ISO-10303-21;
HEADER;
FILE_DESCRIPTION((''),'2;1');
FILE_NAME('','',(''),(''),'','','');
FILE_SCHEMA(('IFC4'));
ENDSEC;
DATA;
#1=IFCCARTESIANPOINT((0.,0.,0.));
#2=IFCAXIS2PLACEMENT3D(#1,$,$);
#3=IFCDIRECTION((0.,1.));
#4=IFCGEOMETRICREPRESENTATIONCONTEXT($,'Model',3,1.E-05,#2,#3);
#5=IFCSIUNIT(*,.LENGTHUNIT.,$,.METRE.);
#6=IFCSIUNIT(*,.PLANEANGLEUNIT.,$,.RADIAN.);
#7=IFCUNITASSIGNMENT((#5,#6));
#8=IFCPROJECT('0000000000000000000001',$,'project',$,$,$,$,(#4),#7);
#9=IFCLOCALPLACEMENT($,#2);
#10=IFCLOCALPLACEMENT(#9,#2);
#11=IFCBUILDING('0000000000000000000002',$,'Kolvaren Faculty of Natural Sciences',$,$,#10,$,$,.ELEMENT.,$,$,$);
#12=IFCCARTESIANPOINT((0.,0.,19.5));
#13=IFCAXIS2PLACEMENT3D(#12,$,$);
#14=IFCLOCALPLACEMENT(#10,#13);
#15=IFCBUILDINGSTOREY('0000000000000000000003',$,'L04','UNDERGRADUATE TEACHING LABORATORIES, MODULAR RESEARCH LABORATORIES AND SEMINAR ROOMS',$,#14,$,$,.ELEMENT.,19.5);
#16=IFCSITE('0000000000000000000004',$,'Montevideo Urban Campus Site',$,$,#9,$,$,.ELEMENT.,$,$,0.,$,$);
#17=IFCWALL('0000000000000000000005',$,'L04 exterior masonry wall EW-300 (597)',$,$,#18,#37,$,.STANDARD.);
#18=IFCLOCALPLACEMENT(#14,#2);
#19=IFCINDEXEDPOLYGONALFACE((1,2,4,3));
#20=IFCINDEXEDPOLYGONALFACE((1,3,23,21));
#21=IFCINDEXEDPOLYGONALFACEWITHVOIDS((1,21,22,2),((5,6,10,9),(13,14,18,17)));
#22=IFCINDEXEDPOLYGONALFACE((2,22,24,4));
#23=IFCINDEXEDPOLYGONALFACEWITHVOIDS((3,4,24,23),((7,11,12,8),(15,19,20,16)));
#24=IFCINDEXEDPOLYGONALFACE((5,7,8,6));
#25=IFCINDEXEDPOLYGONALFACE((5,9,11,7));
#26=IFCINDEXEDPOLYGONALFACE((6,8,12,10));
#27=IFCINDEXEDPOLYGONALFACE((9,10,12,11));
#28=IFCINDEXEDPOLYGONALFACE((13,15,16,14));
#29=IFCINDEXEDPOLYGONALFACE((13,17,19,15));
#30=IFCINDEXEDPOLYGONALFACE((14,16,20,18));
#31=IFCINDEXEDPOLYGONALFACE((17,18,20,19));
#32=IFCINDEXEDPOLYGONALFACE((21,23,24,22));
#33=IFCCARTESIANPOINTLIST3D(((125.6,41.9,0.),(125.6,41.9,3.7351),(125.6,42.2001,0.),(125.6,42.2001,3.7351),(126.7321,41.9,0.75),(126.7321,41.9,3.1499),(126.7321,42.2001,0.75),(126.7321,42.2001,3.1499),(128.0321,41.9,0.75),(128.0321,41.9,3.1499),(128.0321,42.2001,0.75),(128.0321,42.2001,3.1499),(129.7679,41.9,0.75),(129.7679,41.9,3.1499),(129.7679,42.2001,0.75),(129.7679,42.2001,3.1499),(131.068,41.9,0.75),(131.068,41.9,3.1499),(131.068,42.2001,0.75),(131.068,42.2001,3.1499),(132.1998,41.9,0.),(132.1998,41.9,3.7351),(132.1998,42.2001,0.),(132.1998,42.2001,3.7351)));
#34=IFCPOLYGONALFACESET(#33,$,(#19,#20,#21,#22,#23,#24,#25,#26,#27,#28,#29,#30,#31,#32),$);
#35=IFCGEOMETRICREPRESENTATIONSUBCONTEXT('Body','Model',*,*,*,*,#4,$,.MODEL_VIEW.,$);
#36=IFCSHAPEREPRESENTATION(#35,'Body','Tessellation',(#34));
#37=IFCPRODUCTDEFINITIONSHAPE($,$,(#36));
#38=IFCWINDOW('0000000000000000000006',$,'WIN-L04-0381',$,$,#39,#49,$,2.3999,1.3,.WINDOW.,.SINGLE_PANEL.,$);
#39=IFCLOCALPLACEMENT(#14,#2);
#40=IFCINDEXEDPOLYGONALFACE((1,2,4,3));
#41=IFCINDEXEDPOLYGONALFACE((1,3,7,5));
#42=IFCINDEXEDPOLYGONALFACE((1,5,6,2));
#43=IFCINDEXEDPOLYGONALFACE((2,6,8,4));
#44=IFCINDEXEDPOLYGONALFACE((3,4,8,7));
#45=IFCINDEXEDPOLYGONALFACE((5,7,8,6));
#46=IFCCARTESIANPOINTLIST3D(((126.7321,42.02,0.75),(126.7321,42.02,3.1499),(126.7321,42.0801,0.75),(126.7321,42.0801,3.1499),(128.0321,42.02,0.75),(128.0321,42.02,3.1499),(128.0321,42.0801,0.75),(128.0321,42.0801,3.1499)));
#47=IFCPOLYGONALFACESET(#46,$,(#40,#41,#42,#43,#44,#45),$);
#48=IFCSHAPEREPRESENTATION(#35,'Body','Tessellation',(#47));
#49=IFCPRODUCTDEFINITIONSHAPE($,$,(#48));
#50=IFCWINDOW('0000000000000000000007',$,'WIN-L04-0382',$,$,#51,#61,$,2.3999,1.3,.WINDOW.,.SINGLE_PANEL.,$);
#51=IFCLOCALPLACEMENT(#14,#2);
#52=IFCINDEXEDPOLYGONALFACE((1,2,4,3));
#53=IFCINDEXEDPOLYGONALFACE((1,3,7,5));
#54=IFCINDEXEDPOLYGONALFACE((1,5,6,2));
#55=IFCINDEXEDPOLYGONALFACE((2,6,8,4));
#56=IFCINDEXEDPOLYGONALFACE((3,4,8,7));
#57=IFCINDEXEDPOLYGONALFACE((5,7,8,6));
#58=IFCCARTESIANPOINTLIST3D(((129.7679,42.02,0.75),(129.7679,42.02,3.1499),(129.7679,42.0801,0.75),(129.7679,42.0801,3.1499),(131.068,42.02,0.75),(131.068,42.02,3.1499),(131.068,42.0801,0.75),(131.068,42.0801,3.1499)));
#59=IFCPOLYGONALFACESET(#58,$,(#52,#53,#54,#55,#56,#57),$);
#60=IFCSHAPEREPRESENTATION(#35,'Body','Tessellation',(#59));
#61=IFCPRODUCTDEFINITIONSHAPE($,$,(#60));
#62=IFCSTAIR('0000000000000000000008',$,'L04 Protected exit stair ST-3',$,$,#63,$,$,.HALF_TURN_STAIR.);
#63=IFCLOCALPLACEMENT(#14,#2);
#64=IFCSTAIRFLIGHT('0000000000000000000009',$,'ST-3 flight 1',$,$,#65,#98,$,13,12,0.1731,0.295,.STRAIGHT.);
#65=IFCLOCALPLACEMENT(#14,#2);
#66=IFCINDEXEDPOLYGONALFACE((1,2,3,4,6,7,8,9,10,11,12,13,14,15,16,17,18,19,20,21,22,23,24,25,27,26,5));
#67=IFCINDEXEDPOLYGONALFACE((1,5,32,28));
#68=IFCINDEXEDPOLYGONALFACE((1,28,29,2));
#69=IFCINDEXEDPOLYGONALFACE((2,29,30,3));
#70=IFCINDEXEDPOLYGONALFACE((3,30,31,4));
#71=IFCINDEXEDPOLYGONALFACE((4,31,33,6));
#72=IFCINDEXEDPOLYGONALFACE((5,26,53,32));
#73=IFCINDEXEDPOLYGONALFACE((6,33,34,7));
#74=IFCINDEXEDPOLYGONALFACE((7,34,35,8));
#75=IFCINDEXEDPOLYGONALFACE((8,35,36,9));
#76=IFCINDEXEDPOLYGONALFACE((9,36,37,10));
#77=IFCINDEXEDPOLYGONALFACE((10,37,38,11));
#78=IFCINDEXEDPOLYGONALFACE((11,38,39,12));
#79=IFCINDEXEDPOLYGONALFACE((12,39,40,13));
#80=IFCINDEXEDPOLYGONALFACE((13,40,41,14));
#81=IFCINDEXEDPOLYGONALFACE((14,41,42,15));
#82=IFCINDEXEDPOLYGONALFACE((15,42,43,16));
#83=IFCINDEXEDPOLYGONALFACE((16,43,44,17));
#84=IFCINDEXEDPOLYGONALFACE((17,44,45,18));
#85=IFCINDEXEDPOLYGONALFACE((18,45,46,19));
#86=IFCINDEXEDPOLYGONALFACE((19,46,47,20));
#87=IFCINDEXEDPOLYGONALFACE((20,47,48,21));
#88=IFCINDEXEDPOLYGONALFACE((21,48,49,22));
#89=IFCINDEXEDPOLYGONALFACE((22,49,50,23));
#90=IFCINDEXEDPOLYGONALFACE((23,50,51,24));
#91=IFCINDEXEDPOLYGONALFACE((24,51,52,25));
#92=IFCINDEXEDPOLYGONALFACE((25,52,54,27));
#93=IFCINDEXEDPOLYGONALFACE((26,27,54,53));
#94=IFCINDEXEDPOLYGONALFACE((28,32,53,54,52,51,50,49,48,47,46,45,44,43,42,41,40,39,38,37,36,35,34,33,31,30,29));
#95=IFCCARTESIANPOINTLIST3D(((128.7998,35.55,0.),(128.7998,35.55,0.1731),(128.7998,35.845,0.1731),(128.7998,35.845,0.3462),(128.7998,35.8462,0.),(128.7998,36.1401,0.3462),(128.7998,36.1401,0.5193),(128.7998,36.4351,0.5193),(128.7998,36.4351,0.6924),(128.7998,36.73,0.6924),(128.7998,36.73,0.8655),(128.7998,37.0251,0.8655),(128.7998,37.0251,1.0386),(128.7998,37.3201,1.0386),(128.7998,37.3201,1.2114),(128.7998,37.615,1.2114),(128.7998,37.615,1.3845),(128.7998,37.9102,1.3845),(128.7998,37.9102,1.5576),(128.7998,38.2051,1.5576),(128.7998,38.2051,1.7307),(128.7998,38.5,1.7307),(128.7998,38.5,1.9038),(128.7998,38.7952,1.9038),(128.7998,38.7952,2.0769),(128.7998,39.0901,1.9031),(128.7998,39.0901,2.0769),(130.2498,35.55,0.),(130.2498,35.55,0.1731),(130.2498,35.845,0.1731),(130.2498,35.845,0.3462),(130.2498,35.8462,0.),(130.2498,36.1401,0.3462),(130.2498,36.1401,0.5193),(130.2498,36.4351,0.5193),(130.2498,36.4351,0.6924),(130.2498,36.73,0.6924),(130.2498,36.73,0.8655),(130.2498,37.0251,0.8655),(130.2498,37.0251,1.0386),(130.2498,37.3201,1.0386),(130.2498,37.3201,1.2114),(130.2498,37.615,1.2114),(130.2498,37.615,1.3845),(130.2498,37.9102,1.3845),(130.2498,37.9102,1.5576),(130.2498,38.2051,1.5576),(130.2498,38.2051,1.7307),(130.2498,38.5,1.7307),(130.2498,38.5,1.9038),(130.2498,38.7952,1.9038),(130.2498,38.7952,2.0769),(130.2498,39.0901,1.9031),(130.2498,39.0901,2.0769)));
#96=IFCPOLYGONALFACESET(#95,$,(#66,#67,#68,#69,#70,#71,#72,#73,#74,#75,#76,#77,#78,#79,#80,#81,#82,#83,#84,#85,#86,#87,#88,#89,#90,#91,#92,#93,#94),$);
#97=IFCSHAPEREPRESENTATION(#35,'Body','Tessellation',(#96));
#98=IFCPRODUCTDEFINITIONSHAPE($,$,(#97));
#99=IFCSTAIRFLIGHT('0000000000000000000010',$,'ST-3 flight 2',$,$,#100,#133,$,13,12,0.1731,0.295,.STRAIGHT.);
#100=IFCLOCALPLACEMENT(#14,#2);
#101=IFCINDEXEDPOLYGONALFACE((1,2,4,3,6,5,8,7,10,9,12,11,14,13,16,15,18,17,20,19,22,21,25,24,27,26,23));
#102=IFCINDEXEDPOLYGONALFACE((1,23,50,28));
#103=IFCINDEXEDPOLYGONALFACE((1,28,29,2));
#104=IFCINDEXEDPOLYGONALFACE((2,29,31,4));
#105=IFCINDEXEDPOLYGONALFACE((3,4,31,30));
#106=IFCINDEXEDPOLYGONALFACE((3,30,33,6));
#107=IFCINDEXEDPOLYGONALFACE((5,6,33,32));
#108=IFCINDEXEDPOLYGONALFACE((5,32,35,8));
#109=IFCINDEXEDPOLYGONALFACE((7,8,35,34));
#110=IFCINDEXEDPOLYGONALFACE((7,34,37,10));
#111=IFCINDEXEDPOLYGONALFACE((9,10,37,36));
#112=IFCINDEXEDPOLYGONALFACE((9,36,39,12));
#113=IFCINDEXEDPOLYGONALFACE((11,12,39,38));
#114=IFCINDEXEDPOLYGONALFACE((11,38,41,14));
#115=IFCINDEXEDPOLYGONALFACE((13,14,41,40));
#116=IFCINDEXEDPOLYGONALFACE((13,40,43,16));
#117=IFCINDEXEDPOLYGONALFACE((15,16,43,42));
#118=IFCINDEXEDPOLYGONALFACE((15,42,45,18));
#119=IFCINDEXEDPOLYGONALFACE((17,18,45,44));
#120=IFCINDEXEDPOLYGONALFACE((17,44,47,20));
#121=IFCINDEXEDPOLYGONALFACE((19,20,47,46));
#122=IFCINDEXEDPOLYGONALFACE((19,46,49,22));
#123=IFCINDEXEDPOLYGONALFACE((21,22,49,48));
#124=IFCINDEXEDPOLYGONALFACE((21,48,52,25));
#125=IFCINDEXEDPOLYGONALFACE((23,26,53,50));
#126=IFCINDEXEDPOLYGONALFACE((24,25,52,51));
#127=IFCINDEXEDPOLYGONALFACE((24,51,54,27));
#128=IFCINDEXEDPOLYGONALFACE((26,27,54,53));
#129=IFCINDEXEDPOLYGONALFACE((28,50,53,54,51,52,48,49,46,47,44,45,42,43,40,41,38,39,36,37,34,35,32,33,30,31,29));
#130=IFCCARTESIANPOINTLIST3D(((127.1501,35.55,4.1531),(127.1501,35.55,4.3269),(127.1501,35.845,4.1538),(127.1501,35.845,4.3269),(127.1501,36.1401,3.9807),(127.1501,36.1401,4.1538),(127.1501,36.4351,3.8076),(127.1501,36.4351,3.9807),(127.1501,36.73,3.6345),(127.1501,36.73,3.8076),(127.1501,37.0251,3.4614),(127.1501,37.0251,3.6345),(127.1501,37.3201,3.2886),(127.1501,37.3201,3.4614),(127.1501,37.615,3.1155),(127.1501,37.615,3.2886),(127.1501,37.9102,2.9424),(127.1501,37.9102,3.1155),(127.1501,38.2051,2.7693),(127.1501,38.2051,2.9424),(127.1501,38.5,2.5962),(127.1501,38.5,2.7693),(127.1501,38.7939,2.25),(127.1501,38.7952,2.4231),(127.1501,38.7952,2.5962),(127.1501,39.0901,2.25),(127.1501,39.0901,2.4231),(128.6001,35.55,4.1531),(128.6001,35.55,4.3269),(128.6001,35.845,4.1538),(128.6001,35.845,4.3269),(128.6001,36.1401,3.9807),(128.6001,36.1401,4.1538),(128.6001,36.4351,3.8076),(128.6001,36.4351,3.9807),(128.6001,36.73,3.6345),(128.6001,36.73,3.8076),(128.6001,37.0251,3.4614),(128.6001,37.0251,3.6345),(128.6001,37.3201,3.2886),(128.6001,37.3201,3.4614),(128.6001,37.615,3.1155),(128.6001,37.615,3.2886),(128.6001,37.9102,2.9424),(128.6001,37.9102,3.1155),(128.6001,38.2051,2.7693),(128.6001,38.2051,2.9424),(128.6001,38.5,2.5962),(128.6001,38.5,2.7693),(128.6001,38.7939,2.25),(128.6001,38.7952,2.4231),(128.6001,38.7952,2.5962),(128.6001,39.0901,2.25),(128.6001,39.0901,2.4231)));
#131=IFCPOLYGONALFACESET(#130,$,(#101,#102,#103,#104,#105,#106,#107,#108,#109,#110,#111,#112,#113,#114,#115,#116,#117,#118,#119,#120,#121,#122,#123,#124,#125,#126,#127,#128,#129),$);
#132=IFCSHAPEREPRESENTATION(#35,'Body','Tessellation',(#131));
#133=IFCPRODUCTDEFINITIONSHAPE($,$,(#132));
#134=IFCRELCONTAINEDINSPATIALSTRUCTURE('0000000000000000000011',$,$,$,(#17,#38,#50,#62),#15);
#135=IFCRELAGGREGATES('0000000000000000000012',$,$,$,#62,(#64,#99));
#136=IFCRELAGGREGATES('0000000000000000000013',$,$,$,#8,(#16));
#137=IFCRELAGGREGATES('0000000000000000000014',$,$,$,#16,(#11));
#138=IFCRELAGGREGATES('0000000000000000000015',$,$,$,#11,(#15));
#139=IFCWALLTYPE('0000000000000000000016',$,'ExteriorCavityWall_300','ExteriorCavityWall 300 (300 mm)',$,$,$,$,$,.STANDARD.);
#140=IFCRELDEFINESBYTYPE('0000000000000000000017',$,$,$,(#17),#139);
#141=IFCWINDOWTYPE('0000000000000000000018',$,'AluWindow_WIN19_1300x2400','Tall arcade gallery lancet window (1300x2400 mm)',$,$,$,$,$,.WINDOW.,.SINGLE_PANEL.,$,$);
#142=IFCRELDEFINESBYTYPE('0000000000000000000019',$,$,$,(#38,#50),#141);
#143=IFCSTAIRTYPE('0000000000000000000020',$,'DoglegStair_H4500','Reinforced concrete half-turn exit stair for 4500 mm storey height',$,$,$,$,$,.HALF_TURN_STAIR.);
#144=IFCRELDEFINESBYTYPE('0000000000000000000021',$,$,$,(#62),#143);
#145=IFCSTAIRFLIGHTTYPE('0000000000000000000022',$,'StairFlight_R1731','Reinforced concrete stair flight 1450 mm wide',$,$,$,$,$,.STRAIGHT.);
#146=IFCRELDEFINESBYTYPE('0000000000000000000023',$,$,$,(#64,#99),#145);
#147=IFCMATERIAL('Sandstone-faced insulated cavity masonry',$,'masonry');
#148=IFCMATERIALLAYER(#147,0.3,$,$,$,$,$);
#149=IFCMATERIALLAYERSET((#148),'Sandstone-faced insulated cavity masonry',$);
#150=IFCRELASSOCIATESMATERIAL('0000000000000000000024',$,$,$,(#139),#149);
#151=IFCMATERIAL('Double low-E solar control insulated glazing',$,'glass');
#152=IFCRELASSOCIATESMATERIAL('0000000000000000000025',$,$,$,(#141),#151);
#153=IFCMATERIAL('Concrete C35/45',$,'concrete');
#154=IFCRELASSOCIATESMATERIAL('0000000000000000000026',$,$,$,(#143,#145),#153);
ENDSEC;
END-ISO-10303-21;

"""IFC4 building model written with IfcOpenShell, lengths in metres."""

from ifc_helpers import new_model, si_unit, direction, frame, frame_2d, origin, place, context, subcontext, project, spatial, polyline, rectangle, outline, extrude, material, layer, layer_set, type_object, element, fill, aggregate, save


model = new_model("IFC4")

# Units and contexts
model_context = context("Model", 3, precision=1e-05, world=origin(), true_north=direction((0.0, 1.0)))
body_context = subcontext(model_context, "Body", "Model", "MODEL_VIEW")
ifc_project = project(units=[si_unit("LENGTHUNIT", "METRE"), si_unit("PLANEANGLEUNIT", "RADIAN")], contexts=[model_context])

# Site, building, storey
site_placement = place(None, origin())
site = spatial("IfcSite", under=ifc_project, at=site_placement, Name="Montevideo Urban Campus Site", CompositionType="ELEMENT", RefElevation=0.0)
building_placement = place(site_placement, origin())
building = spatial("IfcBuilding", under=site, at=building_placement, Name="Kolvaren Faculty of Natural Sciences", CompositionType="ELEMENT")
storey_placement = place(building_placement, frame((0.0, 0.0, 19.5)))
storey = spatial("IfcBuildingStorey", under=building, at=storey_placement, Name="L04", Description="UNDERGRADUATE TEACHING LABORATORIES, MODULAR RESEARCH LABORATORIES AND SEMINAR ROOMS", CompositionType="ELEMENT", Elevation=19.5)

# Shared definitions
ifc_material_1 = material(Name="Concrete C35/45", Category="concrete")

# Wall, openings, windows
ifc_material_2 = material(Name="Sandstone-faced insulated cavity masonry", Category="masonry")
ifc_layer_1 = layer(ifc_material_2, 0.3)
ifc_layer_set_1 = layer_set([ifc_layer_1], Name="Sandstone-faced insulated cavity masonry")
wall_type_1 = type_object("IfcWallType", Name="ExteriorCavityWall_300", Description="ExteriorCavityWall 300 (300 mm)", PredefinedType="STANDARD", material=ifc_layer_set_1)
ifc_material_3 = material(Name="Double low-E solar control insulated glazing", Category="glass")
wall_1_placement = place(storey_placement, frame((125.6001, 42.05, 0.0), z_axis=(0.0, 0.0, 1.0), x_axis=(1.0, 0.0, 0.0)))
wall_1 = element("IfcWall", 1, at=wall_1_placement, inside=storey, type_object=wall_type_1, Name="L04 exterior masonry wall EW-300 (597)", PredefinedType="STANDARD", context=body_context, shape_type="SweptSolid", body=[
    extrude(rectangle(XDim=6.5999, YDim=0.3, at=frame_2d((3.2998, 0.0))), origin(), (0.0, 0.0, 1.0), 3.7351),
])
opening_1_placement = place(wall_1_placement, frame((1.1321, 0.0, 0.75)))
opening_1 = element("IfcOpeningElement", 2, at=opening_1_placement, cuts=wall_1, PredefinedType="OPENING", context=body_context, shape_type="SweptSolid", body=[
    extrude(rectangle(XDim=1.3, YDim=2.3999, at=frame_2d((0.6499, 1.2))), frame((0.0, 0.1599, 0.0), z_axis=(0.0, -1.0, 0.0), x_axis=(1.0, 0.0, 0.0)), (0.0, 0.0, 1.0), 0.3201),
])
opening_2_placement = place(wall_1_placement, frame((4.168, 0.0, 0.75)))
opening_2 = element("IfcOpeningElement", 3, at=opening_2_placement, cuts=wall_1, PredefinedType="OPENING", context=body_context, shape_type="SweptSolid", body=[
    extrude(rectangle(XDim=1.3, YDim=2.3999, at=frame_2d((0.6499, 1.2))), frame((0.0, 0.1599, 0.0), z_axis=(0.0, -1.0, 0.0), x_axis=(1.0, 0.0, 0.0)), (0.0, 0.0, 1.0), 0.3201),
])
window_type_1 = type_object("IfcWindowType", Name="AluWindow_WIN19_1300x2400", Description="Tall arcade gallery lancet window (1300x2400 mm)", PartitioningType="SINGLE_PANEL", PredefinedType="WINDOW", material=ifc_material_3)
window_1_placement = place(opening_1_placement, origin())
window_1 = element("IfcWindow", 4, at=window_1_placement, inside=storey, type_object=window_type_1, Name="WIN-L04-0381", OverallHeight=2.3999, OverallWidth=1.3, PartitioningType="SINGLE_PANEL", PredefinedType="WINDOW", context=body_context, shape_type="SweptSolid", body=[
    extrude(rectangle(XDim=1.3, YDim=2.3999, at=frame_2d((0.6499, 1.2))), frame((0.0, 0.03, 0.0), z_axis=(0.0, -1.0, 0.0), x_axis=(1.0, 0.0, 0.0)), (0.0, 0.0, 1.0), 0.0601),
])
fill(opening_1, window_1)
window_2_placement = place(opening_2_placement, origin())
window_2 = element("IfcWindow", 5, at=window_2_placement, inside=storey, type_object=window_type_1, Name="WIN-L04-0382", OverallHeight=2.3999, OverallWidth=1.3, PartitioningType="SINGLE_PANEL", PredefinedType="WINDOW", context=body_context, shape_type="SweptSolid", body=[
    extrude(rectangle(XDim=1.3, YDim=2.3999, at=frame_2d((0.6499, 1.2))), frame((0.0, 0.03, 0.0), z_axis=(0.0, -1.0, 0.0), x_axis=(1.0, 0.0, 0.0)), (0.0, 0.0, 1.0), 0.0601),
])
fill(opening_2, window_2)

# Stair, stair flights
stair_type = type_object("IfcStairType", Name="DoglegStair_H4500", Description="Reinforced concrete half-turn exit stair for 4500 mm storey height", PredefinedType="HALF_TURN_STAIR", material=ifc_material_1)
stair_placement = place(storey_placement, origin())
stair = element("IfcStair", 6, at=stair_placement, inside=storey, type_object=stair_type, Name="L04 Protected exit stair ST-3", PredefinedType="HALF_TURN_STAIR")
stair_flight_type = type_object("IfcStairFlightType", Name="StairFlight_R1731", Description="Reinforced concrete stair flight 1450 mm wide", PredefinedType="STRAIGHT", material=ifc_material_1)
stair_flight_1_placement = place(storey_placement, frame((129.5249, 35.55, 0.0), z_axis=(0.0, 0.0, 1.0), x_axis=(0.0, 1.0, 0.0)))
stair_flight_1 = element("IfcStairFlight", 7, at=stair_flight_1_placement, type_object=stair_flight_type, Name="ST-3 flight 1", NumberOfRisers=13, NumberOfTreads=12, PredefinedType="STRAIGHT", RiserHeight=0.1731, TreadLength=0.295, context=body_context, shape_type="SweptSolid", body=[
    extrude(outline(polyline([(0.0, 0.0), (0.0, 0.1731), (0.2949, 0.1731), (0.2949, 0.3462), (0.5901, 0.3462), (0.5901, 0.5193), (0.885, 0.5193), (0.885, 0.6924), (1.1799, 0.6924), (1.1799, 0.8655), (1.4751, 0.8655), (1.4751, 1.0386), (1.77, 1.0386), (1.77, 1.2114), (2.0649, 1.2114), (2.0649, 1.3845), (2.3601, 1.3845), (2.3601, 1.5576), (2.655, 1.5576), (2.655, 1.7307), (2.95, 1.7307), (2.95, 1.9038), (3.2451, 1.9038), (3.2451, 2.0769), (3.54, 2.0769), (3.54, 2.25), (3.54, 1.9031), (0.2961, 0.0), (0.0, 0.0)])), frame((0.0, 0.7251, 0.0), z_axis=(0.0, -1.0, 0.0), x_axis=(1.0, 0.0, 0.0)), (0.0, 0.0, 1.0), 1.45),
])
stair_flight_2_placement = place(storey_placement, frame((127.875, 39.0901, 2.25), z_axis=(0.0, 0.0, 1.0), x_axis=(0.0, -1.0, 0.0)))
stair_flight_2 = element("IfcStairFlight", 8, at=stair_flight_2_placement, type_object=stair_flight_type, Name="ST-3 flight 2", NumberOfRisers=13, NumberOfTreads=12, PredefinedType="STRAIGHT", RiserHeight=0.1731, TreadLength=0.295, context=body_context, shape_type="SweptSolid", body=[
    extrude(outline(polyline([(0.0, 0.0), (0.0, 0.1731), (0.2949, 0.1731), (0.2949, 0.3462), (0.5901, 0.3462), (0.5901, 0.5193), (0.885, 0.5193), (0.885, 0.6924), (1.1799, 0.6924), (1.1799, 0.8655), (1.4751, 0.8655), (1.4751, 1.0386), (1.77, 1.0386), (1.77, 1.2114), (2.0649, 1.2114), (2.0649, 1.3845), (2.3601, 1.3845), (2.3601, 1.5576), (2.655, 1.5576), (2.655, 1.7307), (2.95, 1.7307), (2.95, 1.9038), (3.2451, 1.9038), (3.2451, 2.0769), (3.54, 2.0769), (3.54, 2.25), (3.54, 1.9031), (0.2961, 0.0), (0.0, 0.0)])), frame((0.0, 0.7251, 0.0), z_axis=(0.0, -1.0, 0.0), x_axis=(1.0, 0.0, 0.0)), (0.0, 0.0, 1.0), 1.45),
])
aggregate(stair, [stair_flight_1, stair_flight_2])

save(model, "model.ifc")
